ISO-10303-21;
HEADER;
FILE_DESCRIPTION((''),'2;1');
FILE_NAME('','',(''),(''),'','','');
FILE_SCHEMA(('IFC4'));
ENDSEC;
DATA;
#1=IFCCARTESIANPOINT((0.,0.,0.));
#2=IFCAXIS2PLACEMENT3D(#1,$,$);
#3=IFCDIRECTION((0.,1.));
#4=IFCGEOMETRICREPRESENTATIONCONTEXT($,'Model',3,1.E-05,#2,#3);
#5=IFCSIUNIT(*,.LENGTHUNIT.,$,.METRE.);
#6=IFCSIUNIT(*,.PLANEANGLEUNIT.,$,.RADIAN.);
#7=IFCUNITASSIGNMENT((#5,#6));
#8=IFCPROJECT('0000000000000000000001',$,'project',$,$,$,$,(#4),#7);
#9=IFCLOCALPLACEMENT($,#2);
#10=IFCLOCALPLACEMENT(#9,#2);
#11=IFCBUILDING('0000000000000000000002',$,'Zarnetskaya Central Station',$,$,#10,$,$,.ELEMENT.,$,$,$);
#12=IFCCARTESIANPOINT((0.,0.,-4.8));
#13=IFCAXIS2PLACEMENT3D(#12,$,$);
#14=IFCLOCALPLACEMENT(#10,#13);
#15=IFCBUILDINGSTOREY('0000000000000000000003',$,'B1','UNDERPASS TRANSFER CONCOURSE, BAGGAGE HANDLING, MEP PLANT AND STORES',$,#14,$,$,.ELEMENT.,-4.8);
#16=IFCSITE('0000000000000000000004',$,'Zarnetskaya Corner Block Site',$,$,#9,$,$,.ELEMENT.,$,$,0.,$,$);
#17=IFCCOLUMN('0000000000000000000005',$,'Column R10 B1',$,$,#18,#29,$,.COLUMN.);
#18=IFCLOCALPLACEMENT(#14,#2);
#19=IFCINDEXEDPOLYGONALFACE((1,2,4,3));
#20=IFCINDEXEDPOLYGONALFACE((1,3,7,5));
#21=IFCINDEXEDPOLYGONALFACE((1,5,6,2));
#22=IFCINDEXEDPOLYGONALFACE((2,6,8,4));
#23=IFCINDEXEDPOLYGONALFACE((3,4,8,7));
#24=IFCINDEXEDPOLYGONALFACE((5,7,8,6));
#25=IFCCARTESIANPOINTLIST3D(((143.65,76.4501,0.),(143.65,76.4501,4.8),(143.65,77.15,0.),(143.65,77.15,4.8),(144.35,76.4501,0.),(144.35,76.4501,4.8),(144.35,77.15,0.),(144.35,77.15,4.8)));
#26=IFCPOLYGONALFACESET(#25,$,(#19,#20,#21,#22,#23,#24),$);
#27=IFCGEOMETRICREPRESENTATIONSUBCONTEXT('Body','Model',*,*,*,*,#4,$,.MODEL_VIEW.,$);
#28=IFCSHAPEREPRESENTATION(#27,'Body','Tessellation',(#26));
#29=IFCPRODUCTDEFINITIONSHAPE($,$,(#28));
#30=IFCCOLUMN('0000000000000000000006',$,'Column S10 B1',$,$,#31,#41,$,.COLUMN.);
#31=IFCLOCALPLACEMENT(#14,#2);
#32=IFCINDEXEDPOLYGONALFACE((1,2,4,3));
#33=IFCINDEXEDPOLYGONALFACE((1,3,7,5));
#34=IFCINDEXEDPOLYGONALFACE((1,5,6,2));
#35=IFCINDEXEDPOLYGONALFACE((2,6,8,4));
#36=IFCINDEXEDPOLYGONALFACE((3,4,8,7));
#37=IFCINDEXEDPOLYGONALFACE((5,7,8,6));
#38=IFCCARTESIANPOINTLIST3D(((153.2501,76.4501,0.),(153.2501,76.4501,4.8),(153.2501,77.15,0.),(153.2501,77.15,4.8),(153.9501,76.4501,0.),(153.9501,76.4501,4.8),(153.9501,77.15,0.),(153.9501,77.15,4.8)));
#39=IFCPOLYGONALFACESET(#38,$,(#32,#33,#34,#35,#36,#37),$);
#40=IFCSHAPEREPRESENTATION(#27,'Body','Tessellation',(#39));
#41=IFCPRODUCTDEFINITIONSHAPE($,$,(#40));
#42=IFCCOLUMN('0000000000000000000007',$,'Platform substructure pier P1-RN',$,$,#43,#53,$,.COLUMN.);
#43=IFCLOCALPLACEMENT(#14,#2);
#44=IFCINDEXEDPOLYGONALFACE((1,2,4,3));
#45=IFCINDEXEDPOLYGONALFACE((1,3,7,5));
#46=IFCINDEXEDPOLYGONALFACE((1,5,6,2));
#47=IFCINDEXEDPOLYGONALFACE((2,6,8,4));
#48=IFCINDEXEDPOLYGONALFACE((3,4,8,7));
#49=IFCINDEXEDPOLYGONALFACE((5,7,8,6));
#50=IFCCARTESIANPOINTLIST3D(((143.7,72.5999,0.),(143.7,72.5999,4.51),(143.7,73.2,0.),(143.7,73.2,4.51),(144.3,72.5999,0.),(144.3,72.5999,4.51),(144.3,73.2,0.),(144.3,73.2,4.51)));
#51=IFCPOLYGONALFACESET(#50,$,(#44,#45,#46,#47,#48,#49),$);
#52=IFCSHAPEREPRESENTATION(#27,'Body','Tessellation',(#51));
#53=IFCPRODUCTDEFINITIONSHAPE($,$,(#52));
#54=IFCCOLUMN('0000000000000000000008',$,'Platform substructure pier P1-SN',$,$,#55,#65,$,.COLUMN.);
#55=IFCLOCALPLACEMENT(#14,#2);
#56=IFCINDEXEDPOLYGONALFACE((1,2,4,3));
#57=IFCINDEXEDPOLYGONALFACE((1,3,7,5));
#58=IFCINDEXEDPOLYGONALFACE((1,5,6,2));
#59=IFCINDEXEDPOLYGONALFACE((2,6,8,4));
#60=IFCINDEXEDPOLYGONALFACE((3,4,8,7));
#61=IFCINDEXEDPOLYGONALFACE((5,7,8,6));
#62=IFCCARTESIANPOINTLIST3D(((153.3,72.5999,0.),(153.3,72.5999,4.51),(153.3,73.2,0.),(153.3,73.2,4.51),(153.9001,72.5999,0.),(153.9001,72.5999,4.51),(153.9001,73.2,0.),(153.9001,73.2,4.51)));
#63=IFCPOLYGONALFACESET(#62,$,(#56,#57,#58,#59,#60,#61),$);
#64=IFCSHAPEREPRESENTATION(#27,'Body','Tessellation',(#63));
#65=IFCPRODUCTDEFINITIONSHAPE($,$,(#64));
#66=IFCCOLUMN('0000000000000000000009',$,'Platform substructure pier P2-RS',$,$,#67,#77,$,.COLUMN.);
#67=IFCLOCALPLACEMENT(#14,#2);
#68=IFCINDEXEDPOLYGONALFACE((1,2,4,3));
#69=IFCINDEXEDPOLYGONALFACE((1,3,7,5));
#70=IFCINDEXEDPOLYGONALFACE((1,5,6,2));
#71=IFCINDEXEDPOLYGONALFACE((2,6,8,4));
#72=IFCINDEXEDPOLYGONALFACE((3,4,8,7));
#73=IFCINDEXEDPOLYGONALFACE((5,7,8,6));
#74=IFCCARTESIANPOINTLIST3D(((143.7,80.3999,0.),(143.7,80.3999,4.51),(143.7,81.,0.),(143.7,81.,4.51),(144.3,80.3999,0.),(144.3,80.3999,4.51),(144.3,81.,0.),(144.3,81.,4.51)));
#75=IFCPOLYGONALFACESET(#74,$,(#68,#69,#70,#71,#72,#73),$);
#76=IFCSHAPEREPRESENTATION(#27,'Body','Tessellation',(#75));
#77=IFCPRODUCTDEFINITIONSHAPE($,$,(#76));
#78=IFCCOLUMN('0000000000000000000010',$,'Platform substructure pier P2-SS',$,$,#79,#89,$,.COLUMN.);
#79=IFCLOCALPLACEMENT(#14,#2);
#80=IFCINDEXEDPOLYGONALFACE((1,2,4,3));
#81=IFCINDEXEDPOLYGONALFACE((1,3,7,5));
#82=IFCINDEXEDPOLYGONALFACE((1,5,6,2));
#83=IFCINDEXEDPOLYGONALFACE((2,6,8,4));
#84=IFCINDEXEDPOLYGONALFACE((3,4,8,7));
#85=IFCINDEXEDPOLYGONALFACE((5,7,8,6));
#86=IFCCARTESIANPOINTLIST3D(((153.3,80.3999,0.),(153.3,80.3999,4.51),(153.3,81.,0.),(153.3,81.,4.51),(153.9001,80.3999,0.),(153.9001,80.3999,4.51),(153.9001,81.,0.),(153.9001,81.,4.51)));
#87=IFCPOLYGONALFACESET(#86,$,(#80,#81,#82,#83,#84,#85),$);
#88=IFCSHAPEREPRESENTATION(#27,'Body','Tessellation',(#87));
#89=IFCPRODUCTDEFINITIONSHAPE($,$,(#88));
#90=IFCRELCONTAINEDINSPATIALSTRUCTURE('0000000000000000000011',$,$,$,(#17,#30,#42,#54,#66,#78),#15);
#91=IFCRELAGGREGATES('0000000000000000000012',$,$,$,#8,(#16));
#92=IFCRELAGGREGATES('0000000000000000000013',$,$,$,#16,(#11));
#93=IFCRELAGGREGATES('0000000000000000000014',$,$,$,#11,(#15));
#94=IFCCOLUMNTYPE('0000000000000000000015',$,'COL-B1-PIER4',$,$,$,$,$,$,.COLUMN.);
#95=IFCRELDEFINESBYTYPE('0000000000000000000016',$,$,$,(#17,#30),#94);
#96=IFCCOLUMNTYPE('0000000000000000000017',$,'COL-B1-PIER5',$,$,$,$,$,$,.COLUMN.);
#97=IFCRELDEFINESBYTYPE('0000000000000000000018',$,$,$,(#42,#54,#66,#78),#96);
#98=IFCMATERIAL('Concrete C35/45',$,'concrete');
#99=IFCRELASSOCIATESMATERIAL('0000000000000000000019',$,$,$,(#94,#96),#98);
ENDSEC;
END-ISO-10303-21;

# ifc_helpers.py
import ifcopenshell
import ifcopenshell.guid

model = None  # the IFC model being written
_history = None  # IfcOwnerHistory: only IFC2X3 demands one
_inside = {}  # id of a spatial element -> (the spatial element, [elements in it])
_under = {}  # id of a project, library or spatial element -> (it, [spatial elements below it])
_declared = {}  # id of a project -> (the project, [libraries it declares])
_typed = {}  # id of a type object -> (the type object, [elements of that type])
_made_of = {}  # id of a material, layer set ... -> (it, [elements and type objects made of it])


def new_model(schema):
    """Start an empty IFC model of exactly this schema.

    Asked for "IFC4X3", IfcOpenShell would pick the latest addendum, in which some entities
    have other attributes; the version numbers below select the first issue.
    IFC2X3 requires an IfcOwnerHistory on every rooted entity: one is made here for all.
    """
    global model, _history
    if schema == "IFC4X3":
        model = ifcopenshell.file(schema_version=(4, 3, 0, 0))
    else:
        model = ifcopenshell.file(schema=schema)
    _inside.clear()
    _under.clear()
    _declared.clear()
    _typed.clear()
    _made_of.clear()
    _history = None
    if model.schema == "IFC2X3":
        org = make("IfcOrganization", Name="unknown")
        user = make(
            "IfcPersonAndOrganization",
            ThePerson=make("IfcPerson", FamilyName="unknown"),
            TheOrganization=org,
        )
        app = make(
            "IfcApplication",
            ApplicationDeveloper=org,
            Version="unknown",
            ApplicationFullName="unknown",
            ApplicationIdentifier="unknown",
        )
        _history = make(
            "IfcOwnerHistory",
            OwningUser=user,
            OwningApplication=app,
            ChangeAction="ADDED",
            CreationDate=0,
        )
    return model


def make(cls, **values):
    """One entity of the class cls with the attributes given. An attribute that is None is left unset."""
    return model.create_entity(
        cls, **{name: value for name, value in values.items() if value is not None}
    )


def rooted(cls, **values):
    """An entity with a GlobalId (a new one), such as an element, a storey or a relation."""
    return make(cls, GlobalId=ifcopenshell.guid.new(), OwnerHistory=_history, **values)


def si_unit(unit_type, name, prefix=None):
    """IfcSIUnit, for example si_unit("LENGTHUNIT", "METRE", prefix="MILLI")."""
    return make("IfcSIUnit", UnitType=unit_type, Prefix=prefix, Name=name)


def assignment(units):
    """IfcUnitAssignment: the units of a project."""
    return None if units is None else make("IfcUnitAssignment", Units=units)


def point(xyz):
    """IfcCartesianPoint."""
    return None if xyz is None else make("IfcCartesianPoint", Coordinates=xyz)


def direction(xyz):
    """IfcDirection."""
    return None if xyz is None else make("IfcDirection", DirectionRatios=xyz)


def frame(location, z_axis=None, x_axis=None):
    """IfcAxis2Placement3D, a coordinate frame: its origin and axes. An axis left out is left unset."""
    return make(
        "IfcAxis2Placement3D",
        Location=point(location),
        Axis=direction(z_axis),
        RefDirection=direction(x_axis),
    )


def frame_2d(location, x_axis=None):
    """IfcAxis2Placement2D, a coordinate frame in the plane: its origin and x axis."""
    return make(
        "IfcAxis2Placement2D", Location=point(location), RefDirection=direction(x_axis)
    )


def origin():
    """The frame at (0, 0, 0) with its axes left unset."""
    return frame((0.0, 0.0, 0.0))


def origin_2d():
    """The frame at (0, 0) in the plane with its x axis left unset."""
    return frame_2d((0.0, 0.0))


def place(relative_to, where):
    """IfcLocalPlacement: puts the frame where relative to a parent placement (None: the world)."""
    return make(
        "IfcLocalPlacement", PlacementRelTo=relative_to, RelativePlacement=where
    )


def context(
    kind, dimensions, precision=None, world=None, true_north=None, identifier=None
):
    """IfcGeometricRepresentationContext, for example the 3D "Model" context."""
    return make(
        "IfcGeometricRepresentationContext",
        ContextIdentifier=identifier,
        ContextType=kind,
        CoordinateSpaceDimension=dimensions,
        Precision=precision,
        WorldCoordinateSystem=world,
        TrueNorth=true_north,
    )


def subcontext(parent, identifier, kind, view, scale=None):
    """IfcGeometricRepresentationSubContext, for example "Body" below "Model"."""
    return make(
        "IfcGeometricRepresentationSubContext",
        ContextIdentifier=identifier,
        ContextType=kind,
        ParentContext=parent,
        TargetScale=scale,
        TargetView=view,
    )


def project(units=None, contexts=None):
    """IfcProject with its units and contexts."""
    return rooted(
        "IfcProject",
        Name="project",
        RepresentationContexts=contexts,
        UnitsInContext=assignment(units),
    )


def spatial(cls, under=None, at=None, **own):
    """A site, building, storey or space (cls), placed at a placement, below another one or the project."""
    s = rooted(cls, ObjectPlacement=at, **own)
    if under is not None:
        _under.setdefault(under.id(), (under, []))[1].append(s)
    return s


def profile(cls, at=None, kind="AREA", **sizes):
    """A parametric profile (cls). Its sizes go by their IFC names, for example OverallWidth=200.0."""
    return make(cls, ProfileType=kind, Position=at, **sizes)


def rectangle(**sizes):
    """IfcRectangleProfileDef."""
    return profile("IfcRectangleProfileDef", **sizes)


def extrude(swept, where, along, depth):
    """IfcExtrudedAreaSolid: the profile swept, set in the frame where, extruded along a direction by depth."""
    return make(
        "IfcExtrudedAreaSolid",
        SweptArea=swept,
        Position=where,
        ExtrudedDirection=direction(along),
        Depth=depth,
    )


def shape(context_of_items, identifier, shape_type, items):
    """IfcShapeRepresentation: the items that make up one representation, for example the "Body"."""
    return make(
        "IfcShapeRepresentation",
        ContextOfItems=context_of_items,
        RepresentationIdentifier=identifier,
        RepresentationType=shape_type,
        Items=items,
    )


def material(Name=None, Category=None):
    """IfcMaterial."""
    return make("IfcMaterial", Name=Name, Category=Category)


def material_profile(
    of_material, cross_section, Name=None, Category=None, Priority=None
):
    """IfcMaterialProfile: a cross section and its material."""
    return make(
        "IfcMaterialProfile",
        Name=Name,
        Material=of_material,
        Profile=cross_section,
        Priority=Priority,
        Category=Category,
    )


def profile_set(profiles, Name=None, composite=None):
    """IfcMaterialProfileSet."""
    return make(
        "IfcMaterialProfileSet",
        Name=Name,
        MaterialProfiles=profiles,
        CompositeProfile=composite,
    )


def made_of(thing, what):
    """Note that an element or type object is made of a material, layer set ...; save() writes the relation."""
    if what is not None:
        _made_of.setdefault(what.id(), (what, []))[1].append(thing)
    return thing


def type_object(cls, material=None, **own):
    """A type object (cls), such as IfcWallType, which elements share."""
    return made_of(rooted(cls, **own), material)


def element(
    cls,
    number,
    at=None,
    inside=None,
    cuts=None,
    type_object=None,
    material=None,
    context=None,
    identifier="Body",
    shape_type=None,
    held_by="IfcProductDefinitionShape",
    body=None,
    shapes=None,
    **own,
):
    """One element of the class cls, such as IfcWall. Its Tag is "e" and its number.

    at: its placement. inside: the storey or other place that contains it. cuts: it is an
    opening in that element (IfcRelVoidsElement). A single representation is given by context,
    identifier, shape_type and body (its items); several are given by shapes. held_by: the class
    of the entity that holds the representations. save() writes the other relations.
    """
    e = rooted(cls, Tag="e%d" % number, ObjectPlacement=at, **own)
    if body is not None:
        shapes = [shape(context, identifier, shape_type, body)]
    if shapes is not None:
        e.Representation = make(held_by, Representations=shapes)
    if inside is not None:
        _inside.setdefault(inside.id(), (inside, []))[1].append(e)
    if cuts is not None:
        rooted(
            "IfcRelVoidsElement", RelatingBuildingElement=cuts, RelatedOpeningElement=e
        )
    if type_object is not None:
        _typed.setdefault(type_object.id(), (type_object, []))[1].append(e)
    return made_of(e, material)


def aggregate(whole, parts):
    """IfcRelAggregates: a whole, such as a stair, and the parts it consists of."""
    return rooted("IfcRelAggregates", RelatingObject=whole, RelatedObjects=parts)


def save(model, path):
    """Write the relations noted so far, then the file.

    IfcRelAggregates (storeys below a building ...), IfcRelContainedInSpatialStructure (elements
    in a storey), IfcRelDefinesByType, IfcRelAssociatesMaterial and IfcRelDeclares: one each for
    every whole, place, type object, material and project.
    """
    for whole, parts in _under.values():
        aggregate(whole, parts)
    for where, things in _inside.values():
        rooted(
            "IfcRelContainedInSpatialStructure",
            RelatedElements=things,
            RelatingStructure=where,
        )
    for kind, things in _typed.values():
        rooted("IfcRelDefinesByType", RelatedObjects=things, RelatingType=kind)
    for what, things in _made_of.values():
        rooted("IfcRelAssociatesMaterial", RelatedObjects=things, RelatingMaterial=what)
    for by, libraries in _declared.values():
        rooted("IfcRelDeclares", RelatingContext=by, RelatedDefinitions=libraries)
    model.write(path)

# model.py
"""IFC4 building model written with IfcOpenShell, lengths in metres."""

from ifc_helpers import new_model, si_unit, direction, frame, origin, origin_2d, place, context, subcontext, project, spatial, rectangle, extrude, material, material_profile, profile_set, type_object, element, save


model = new_model("IFC4")

# Units and contexts
model_context = context("Model", 3, precision=1e-05, world=origin(), true_north=direction((0.0, 1.0)))
body_context = subcontext(model_context, "Body", "Model", "MODEL_VIEW")
ifc_project = project(units=[si_unit("LENGTHUNIT", "METRE"), si_unit("PLANEANGLEUNIT", "RADIAN")], contexts=[model_context])

# Site, building, storey
site_placement = place(None, origin())
site = spatial("IfcSite", under=ifc_project, at=site_placement, Name="Zarnetskaya Corner Block Site", CompositionType="ELEMENT", RefElevation=0.0)
building_placement = place(site_placement, origin())
building = spatial("IfcBuilding", under=site, at=building_placement, Name="Zarnetskaya Central Station", CompositionType="ELEMENT")
storey_placement = place(building_placement, frame((0.0, 0.0, -4.8)))
storey = spatial("IfcBuildingStorey", under=building, at=storey_placement, Name="B1", Description="UNDERPASS TRANSFER CONCOURSE, BAGGAGE HANDLING, MEP PLANT AND STORES", CompositionType="ELEMENT", Elevation=-4.8)

# Shared definitions
ifc_material = material(Name="Concrete C35/45", Category="concrete")

# Columns
ifc_material_profile_1 = material_profile(ifc_material, rectangle(XDim=0.7, YDim=0.7, at=origin_2d()), Name="RC 700x700")
ifc_profile_set_1 = profile_set([ifc_material_profile_1], Name="Concrete C35/45")
column_type_1 = type_object("IfcColumnType", Name="COL-B1-PIER4", PredefinedType="COLUMN", material=ifc_profile_set_1)
for number, where, z_axis, x_axis, name in (
    (1, (144.0, 76.8, 0.0), (0.0, 0.0, 1.0), (1.0, 0.0, 0.0), "Column R10 B1"),
    (2, (153.6001, 76.8, 0.0), (0.0, 0.0, 1.0), (1.0, 0.0, 0.0), "Column S10 B1"),
):
    element("IfcColumn", number, at=place(storey_placement, frame(where, z_axis=z_axis, x_axis=x_axis)), inside=storey, type_object=column_type_1, Name=name, PredefinedType="COLUMN", context=body_context, shape_type="SweptSolid", body=[
        extrude(rectangle(XDim=0.7, YDim=0.7, at=origin_2d()), origin(), (0.0, 0.0, 1.0), 4.8),
    ])
ifc_material_profile_2 = material_profile(ifc_material, rectangle(XDim=0.6001, YDim=0.6001, at=origin_2d()), Name="RC 600x600")
ifc_profile_set_2 = profile_set([ifc_material_profile_2], Name="Concrete C35/45")
column_type_2 = type_object("IfcColumnType", Name="COL-B1-PIER5", PredefinedType="COLUMN", material=ifc_profile_set_2)
for number, where, z_axis, x_axis, name in (
    (3, (144.0, 72.8999, 0.0), (0.0, 0.0, 1.0), (1.0, 0.0, 0.0), "Platform substructure pier P1-RN"),
    (4, (153.6001, 72.8999, 0.0), (0.0, 0.0, 1.0), (1.0, 0.0, 0.0), "Platform substructure pier P1-SN"),
    (5, (144.0, 80.7, 0.0), (0.0, 0.0, 1.0), (1.0, 0.0, 0.0), "Platform substructure pier P2-RS"),
    (6, (153.6001, 80.7, 0.0), (0.0, 0.0, 1.0), (1.0, 0.0, 0.0), "Platform substructure pier P2-SS"),
):
    element("IfcColumn", number, at=place(storey_placement, frame(where, z_axis=z_axis, x_axis=x_axis)), inside=storey, type_object=column_type_2, Name=name, PredefinedType="COLUMN", context=body_context, shape_type="SweptSolid", body=[
        extrude(rectangle(XDim=0.6001, YDim=0.6001, at=origin_2d()), origin(), (0.0, 0.0, 1.0), 4.51),
    ])

save(model, "model.ifc")
